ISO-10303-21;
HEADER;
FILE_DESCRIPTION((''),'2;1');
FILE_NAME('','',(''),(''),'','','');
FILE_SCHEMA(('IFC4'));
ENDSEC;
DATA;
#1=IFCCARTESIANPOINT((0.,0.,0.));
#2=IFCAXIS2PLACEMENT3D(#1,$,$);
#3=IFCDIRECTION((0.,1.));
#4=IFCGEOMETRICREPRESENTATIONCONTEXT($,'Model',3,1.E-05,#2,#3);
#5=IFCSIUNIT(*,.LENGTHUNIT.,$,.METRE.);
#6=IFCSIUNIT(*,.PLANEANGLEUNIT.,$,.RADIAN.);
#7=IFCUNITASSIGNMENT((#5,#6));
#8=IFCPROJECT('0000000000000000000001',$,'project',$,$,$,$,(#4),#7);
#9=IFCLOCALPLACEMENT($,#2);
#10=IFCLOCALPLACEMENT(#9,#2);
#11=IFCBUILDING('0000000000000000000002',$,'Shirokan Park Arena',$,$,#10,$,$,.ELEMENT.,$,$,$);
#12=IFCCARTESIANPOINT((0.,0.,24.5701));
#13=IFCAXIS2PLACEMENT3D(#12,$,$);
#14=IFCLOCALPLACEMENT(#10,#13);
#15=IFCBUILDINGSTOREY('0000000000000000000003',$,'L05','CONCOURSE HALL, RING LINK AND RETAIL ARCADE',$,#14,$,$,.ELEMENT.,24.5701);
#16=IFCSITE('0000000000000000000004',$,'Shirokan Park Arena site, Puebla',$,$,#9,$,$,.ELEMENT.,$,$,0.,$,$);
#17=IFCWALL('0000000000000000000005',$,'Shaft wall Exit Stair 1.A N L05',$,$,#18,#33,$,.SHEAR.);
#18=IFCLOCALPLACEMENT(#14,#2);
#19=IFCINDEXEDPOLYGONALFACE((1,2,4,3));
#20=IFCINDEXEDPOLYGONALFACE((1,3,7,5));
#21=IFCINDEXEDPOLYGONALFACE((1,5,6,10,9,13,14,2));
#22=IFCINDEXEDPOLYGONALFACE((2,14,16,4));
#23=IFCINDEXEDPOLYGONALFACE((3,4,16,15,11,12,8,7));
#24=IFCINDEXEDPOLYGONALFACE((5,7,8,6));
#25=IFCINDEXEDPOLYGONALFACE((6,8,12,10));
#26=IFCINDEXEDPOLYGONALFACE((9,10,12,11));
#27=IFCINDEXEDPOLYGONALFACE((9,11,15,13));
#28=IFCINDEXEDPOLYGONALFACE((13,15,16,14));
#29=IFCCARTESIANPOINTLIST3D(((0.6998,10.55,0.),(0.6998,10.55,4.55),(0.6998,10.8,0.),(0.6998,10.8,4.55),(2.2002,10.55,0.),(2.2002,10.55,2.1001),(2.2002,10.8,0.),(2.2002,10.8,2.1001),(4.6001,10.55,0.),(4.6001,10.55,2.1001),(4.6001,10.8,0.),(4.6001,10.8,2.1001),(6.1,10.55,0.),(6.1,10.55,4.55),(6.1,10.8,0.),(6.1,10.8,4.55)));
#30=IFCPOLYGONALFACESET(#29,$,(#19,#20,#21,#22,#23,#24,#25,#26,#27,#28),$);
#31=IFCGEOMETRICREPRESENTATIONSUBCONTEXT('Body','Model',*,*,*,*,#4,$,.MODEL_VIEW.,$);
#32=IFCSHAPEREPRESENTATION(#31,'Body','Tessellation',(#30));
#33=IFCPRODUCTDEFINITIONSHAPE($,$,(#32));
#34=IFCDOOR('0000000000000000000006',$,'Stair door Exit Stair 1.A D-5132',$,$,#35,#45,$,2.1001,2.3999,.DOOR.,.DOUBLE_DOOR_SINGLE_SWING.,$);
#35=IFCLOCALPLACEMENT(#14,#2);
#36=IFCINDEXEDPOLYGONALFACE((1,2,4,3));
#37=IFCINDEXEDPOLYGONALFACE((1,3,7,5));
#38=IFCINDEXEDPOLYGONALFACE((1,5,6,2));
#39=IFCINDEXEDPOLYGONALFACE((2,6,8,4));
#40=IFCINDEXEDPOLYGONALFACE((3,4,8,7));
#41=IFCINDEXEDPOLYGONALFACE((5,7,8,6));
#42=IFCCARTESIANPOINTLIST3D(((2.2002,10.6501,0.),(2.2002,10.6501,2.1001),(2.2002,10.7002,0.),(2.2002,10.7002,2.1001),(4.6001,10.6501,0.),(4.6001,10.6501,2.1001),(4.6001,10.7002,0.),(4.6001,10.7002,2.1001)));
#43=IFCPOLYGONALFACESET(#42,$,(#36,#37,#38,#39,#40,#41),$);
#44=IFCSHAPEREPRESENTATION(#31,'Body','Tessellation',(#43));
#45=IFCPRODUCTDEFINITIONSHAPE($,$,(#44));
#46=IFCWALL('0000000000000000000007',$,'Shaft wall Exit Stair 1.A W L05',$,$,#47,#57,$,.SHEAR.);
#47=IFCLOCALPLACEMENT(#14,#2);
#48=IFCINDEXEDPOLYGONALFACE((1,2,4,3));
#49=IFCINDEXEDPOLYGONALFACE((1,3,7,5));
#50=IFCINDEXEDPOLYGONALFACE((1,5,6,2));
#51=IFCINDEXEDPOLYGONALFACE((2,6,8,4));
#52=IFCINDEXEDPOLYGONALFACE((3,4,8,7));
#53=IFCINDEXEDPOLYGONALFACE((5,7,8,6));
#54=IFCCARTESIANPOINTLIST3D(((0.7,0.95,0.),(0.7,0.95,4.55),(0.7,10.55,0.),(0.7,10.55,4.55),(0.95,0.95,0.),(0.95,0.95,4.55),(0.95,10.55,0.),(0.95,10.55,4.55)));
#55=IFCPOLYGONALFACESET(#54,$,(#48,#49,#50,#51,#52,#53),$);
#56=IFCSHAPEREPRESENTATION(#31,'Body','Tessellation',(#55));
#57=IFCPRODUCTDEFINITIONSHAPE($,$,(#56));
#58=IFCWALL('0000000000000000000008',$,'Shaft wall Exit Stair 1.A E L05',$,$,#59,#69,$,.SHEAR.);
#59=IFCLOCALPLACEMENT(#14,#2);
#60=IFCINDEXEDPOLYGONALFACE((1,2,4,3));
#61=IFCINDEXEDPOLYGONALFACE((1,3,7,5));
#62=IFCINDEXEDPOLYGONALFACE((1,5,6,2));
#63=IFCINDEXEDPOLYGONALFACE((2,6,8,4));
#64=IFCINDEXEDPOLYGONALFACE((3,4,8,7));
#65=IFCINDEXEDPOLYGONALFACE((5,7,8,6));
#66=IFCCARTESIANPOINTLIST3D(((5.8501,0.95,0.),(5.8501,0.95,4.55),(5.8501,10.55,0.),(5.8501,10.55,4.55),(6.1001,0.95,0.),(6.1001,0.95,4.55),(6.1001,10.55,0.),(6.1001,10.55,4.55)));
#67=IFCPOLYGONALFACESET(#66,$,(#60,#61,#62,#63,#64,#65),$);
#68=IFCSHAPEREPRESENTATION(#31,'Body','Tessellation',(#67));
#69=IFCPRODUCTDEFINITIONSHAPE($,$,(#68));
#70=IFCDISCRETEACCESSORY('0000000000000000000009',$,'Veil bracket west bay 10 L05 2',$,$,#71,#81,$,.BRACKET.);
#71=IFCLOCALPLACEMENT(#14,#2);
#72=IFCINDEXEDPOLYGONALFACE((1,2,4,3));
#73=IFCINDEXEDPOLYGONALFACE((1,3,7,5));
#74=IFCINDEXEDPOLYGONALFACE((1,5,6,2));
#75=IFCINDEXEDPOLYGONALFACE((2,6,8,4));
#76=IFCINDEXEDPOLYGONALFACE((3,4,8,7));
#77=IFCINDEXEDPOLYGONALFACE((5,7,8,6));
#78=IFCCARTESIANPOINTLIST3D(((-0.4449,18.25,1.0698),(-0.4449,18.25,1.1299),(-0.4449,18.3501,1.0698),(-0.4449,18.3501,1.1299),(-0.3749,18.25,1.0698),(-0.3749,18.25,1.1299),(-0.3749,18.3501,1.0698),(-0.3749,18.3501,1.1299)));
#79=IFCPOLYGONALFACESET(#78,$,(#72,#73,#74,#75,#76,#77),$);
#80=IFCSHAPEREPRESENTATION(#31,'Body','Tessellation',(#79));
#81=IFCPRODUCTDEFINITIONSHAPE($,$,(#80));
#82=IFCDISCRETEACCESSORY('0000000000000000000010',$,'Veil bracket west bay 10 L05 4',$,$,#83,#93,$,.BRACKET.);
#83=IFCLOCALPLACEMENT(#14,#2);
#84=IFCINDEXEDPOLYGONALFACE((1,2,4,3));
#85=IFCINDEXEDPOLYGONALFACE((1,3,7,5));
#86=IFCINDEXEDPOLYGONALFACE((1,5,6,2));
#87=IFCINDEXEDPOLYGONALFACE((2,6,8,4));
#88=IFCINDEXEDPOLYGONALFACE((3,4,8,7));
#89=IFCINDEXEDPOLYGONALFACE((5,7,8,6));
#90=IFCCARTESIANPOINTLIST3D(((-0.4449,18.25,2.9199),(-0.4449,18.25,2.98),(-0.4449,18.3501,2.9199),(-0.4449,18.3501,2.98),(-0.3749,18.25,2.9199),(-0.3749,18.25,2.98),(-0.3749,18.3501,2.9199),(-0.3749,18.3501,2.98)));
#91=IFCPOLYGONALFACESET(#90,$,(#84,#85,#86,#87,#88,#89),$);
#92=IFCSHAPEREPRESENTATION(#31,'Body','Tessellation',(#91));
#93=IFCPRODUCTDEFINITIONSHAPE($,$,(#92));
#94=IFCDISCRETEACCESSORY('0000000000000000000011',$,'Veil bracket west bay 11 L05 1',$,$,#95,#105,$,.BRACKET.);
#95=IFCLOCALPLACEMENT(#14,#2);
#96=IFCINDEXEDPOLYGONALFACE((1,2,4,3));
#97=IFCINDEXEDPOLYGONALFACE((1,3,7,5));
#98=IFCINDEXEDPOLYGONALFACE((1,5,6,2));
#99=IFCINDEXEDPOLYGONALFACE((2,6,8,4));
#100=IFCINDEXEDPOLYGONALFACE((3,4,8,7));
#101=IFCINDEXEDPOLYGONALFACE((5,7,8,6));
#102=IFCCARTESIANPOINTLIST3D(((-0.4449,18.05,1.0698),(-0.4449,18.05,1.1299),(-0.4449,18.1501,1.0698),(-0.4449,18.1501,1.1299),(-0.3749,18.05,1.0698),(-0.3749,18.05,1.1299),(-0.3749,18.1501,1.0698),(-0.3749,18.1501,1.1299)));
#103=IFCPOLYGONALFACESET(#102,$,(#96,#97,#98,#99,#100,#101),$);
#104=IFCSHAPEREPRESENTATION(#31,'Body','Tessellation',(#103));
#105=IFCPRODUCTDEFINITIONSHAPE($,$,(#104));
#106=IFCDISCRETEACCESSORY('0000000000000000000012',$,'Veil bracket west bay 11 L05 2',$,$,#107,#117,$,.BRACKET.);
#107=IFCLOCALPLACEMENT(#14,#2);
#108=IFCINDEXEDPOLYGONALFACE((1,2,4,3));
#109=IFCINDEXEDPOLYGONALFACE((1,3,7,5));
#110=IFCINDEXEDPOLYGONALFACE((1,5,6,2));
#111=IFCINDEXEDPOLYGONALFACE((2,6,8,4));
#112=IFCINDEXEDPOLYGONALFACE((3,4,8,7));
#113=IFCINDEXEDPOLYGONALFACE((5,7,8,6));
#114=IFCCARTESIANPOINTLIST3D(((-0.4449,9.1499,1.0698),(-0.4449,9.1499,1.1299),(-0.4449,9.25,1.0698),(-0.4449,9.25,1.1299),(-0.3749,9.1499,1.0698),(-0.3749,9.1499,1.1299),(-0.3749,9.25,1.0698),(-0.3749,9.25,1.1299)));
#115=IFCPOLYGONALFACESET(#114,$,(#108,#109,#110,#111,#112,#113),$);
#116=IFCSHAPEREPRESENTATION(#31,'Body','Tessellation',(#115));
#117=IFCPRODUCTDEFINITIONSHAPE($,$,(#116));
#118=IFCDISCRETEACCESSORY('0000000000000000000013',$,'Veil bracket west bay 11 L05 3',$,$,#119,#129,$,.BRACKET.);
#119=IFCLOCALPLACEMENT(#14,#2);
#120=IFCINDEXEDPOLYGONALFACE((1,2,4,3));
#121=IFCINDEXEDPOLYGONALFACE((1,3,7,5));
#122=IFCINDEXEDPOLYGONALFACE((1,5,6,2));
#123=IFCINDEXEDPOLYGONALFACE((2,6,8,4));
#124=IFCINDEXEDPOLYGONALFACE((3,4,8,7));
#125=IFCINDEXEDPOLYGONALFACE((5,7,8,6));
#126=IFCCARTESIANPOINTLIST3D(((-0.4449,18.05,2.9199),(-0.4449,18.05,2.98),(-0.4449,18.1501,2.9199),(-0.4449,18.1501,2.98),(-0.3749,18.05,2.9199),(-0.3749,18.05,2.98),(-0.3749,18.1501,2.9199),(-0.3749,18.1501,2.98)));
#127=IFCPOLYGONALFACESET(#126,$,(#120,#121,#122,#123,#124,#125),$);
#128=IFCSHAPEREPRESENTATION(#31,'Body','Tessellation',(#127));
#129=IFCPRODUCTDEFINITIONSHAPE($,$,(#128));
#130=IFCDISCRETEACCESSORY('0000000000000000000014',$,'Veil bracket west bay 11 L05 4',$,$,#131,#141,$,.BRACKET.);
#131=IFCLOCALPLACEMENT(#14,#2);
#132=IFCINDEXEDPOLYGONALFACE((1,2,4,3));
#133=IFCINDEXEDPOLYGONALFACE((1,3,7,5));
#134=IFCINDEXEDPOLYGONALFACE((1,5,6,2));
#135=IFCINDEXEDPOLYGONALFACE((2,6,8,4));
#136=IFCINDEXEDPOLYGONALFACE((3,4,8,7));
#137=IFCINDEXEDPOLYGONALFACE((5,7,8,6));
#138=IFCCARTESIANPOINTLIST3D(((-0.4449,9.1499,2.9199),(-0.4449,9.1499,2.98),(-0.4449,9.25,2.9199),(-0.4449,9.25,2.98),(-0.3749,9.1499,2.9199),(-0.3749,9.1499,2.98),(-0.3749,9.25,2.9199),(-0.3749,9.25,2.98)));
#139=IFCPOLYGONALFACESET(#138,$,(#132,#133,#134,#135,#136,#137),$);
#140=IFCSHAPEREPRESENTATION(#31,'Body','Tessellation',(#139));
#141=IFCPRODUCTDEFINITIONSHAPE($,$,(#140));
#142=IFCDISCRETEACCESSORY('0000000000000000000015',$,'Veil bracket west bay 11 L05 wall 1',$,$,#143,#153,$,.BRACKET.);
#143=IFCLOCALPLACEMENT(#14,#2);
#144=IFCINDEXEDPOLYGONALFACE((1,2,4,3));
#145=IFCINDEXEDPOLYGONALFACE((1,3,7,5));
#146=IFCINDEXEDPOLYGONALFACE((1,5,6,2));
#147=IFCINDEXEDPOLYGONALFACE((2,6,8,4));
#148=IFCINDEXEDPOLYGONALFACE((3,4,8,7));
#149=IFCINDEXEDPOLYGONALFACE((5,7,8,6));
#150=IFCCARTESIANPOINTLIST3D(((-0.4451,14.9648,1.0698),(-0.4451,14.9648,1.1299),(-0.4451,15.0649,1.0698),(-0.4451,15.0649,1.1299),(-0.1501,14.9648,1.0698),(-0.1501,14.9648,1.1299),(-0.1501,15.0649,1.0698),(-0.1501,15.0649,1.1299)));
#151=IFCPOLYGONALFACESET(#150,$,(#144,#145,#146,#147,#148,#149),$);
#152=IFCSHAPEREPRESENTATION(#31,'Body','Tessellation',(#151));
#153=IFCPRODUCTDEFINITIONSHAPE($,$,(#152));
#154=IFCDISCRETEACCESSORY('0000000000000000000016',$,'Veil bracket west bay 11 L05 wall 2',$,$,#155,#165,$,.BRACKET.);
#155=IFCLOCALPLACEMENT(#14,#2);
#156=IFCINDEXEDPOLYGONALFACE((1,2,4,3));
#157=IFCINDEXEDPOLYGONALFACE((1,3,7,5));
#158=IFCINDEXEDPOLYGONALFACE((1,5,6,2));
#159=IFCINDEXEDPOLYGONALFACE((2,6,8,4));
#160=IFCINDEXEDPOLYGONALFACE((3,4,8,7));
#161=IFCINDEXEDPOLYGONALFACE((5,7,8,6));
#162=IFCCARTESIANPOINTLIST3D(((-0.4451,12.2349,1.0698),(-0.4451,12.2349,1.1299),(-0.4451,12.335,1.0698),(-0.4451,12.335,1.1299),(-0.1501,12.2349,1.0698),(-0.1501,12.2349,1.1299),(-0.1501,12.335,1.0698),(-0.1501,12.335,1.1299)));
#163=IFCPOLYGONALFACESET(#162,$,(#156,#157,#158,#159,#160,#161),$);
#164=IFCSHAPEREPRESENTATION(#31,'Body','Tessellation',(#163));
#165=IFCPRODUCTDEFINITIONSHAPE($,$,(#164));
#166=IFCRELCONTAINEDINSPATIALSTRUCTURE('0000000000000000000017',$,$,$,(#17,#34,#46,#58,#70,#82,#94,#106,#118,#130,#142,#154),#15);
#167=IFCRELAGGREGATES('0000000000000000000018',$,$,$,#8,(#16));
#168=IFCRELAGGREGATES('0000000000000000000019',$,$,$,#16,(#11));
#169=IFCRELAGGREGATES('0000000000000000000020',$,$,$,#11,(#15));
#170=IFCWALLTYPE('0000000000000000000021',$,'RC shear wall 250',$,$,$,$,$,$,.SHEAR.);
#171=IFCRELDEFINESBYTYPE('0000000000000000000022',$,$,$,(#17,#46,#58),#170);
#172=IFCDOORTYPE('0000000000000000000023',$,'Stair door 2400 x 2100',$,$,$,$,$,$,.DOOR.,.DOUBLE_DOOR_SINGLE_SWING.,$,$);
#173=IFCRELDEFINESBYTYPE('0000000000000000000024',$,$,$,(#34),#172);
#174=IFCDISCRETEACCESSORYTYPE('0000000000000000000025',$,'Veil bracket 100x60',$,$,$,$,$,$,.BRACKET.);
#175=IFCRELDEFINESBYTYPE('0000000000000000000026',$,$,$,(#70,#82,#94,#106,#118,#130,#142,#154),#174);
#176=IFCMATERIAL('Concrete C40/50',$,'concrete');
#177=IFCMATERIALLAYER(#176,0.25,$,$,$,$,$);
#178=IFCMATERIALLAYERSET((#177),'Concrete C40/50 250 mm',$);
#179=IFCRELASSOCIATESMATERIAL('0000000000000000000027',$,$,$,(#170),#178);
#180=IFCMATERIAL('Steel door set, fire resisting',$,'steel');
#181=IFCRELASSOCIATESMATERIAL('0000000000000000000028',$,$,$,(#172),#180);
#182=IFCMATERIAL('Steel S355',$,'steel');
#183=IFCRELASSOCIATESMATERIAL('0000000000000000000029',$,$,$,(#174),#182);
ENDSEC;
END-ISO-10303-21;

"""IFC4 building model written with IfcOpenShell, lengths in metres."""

from ifc_helpers import new_model, si_unit, direction, frame, frame_2d, origin, origin_2d, place, context, subcontext, project, spatial, rectangle, extrude, material, layer, layer_set, type_object, element, fill, save


model = new_model("IFC4")

# Units and contexts
model_context = context("Model", 3, precision=1e-05, world=origin(), true_north=direction((0.0, 1.0)))
body_context = subcontext(model_context, "Body", "Model", "MODEL_VIEW")
ifc_project = project(units=[si_unit("LENGTHUNIT", "METRE"), si_unit("PLANEANGLEUNIT", "RADIAN")], contexts=[model_context])

# Site, building, storey
site_placement = place(None, origin())
site = spatial("IfcSite", under=ifc_project, at=site_placement, Name="Shirokan Park Arena site, Puebla", CompositionType="ELEMENT", RefElevation=0.0)
building_placement = place(site_placement, origin())
building = spatial("IfcBuilding", under=site, at=building_placement, Name="Shirokan Park Arena", CompositionType="ELEMENT")
storey_placement = place(building_placement, frame((0.0, 0.0, 24.5701)))
storey = spatial("IfcBuildingStorey", under=building, at=storey_placement, Name="L05", Description="CONCOURSE HALL, RING LINK AND RETAIL ARCADE", CompositionType="ELEMENT", Elevation=24.5701)

# Wall, opening, door
ifc_material_1 = material(Name="Concrete C40/50", Category="concrete")
ifc_layer_1 = layer(ifc_material_1, 0.25)
ifc_layer_set_1 = layer_set([ifc_layer_1], Name="Concrete C40/50 250 mm")
wall_type_1 = type_object("IfcWallType", Name="RC shear wall 250", PredefinedType="SHEAR", material=ifc_layer_set_1)
wall_1_placement = place(storey_placement, frame((6.1001, 10.675, 0.0), z_axis=(0.0, 0.0, 1.0), x_axis=(-1.0, 0.0, 0.0)))
wall_1 = element("IfcWall", 1, at=wall_1_placement, inside=storey, type_object=wall_type_1, Name="Shaft wall Exit Stair 1.A N L05", PredefinedType="SHEAR", context=body_context, shape_type="SweptSolid", body=[
    extrude(rectangle(XDim=5.4001, YDim=0.25, at=frame_2d((2.7002, 0.0))), origin(), (0.0, 0.0, 1.0), 4.55),
])
opening_1_placement = place(wall_1_placement, frame((1.5, 0.0, 0.0)))
opening_1 = element("IfcOpeningElement", 2, at=opening_1_placement, cuts=wall_1, PredefinedType="OPENING", context=body_context, shape_type="SweptSolid", body=[
    extrude(rectangle(XDim=2.3999, YDim=2.1001, at=frame_2d((1.2, 1.05))), frame((0.0, 0.135, 0.0), z_axis=(0.0, -1.0, 0.0), x_axis=(1.0, 0.0, 0.0)), (0.0, 0.0, 1.0), 0.27),
])
ifc_material_2 = material(Name="Steel door set, fire resisting", Category="steel")
door_type_1 = type_object("IfcDoorType", Name="Stair door 2400 x 2100", OperationType="DOUBLE_DOOR_SINGLE_SWING", PredefinedType="DOOR", material=ifc_material_2)
door_1_placement = place(opening_1_placement, origin())
door_1 = element("IfcDoor", 3, at=door_1_placement, inside=storey, type_object=door_type_1, Name="Stair door Exit Stair 1.A D-5132", OperationType="DOUBLE_DOOR_SINGLE_SWING", OverallHeight=2.1001, OverallWidth=2.3999, PredefinedType="DOOR", context=body_context, shape_type="SweptSolid", body=[
    extrude(rectangle(XDim=2.3999, YDim=2.1001, at=frame_2d((1.2, 1.05))), frame((0.0, 0.0249, 0.0), z_axis=(0.0, -1.0, 0.0), x_axis=(1.0, 0.0, 0.0)), (0.0, 0.0, 1.0), 0.05),
])
fill(opening_1, door_1)

# Walls
for number, where, z_axis, x_axis, name in (
    (4, (0.825, 10.55, 0.0), (0.0, 0.0, 1.0), (0.0, -1.0, 0.0), "Shaft wall Exit Stair 1.A W L05"),
    (5, (5.9751, 10.55, 0.0), (0.0, 0.0, 1.0), (0.0, -1.0, 0.0), "Shaft wall Exit Stair 1.A E L05"),
):
    element("IfcWall", number, at=place(storey_placement, frame(where, z_axis=z_axis, x_axis=x_axis)), inside=storey, type_object=wall_type_1, Name=name, PredefinedType="SHEAR", context=body_context, shape_type="SweptSolid", body=[
        extrude(rectangle(XDim=9.6001, YDim=0.25, at=frame_2d((4.8, 0.0))), origin(), (0.0, 0.0, 1.0), 4.55),
    ])

# Discrete accessories
ifc_material_3 = material(Name="Steel S355", Category="steel")
discrete_accessory_type = type_object("IfcDiscreteAccessoryType", Name="Veil bracket 100x60", PredefinedType="BRACKET", material=ifc_material_3)
for number, where, z_axis, x_axis, name in (
    (6, (-0.4099, 18.3, 1.0698), (0.0, 0.0, 1.0), (0.0, -1.0, 0.0), "Veil bracket west bay 10 L05 2"),
    (7, (-0.4099, 18.3, 2.9199), (0.0, 0.0, 1.0), (0.0, -1.0, 0.0), "Veil bracket west bay 10 L05 4"),
    (8, (-0.4099, 18.1001, 1.0698), (0.0, 0.0, 1.0), (0.0, -1.0, 0.0), "Veil bracket west bay 11 L05 1"),
    (9, (-0.4099, 9.2, 1.0698), (0.0, 0.0, 1.0), (0.0, -1.0, 0.0), "Veil bracket west bay 11 L05 2"),
    (10, (-0.4099, 18.1001, 2.9199), (0.0, 0.0, 1.0), (0.0, -1.0, 0.0), "Veil bracket west bay 11 L05 3"),
    (11, (-0.4099, 9.2, 2.9199), (0.0, 0.0, 1.0), (0.0, -1.0, 0.0), "Veil bracket west bay 11 L05 4"),
):
    element("IfcDiscreteAccessory", number, at=place(storey_placement, frame(where, z_axis=z_axis, x_axis=x_axis)), inside=storey, type_object=discrete_accessory_type, Name=name, PredefinedType="BRACKET", context=body_context, shape_type="SweptSolid", body=[
        extrude(rectangle(XDim=0.1001, YDim=0.0701, at=origin_2d()), origin(), (0.0, 0.0, 1.0), 0.0601),
    ])
for number, where, z_axis, x_axis, name in (
    (12, (-0.2976, 15.0149, 1.0698), (0.0, 0.0, 1.0), (0.0, -1.0, 0.0), "Veil bracket west bay 11 L05 wall 1"),
    (13, (-0.2976, 12.2849, 1.0698), (0.0, 0.0, 1.0), (0.0, -1.0, 0.0), "Veil bracket west bay 11 L05 wall 2"),
):
    element("IfcDiscreteAccessory", number, at=place(storey_placement, frame(where, z_axis=z_axis, x_axis=x_axis)), inside=storey, type_object=discrete_accessory_type, Name=name, PredefinedType="BRACKET", context=body_context, shape_type="SweptSolid", body=[
        extrude(rectangle(XDim=0.1001, YDim=0.2949, at=origin_2d()), origin(), (0.0, 0.0, 1.0), 0.0601),
    ])

save(model, "model.ifc")
